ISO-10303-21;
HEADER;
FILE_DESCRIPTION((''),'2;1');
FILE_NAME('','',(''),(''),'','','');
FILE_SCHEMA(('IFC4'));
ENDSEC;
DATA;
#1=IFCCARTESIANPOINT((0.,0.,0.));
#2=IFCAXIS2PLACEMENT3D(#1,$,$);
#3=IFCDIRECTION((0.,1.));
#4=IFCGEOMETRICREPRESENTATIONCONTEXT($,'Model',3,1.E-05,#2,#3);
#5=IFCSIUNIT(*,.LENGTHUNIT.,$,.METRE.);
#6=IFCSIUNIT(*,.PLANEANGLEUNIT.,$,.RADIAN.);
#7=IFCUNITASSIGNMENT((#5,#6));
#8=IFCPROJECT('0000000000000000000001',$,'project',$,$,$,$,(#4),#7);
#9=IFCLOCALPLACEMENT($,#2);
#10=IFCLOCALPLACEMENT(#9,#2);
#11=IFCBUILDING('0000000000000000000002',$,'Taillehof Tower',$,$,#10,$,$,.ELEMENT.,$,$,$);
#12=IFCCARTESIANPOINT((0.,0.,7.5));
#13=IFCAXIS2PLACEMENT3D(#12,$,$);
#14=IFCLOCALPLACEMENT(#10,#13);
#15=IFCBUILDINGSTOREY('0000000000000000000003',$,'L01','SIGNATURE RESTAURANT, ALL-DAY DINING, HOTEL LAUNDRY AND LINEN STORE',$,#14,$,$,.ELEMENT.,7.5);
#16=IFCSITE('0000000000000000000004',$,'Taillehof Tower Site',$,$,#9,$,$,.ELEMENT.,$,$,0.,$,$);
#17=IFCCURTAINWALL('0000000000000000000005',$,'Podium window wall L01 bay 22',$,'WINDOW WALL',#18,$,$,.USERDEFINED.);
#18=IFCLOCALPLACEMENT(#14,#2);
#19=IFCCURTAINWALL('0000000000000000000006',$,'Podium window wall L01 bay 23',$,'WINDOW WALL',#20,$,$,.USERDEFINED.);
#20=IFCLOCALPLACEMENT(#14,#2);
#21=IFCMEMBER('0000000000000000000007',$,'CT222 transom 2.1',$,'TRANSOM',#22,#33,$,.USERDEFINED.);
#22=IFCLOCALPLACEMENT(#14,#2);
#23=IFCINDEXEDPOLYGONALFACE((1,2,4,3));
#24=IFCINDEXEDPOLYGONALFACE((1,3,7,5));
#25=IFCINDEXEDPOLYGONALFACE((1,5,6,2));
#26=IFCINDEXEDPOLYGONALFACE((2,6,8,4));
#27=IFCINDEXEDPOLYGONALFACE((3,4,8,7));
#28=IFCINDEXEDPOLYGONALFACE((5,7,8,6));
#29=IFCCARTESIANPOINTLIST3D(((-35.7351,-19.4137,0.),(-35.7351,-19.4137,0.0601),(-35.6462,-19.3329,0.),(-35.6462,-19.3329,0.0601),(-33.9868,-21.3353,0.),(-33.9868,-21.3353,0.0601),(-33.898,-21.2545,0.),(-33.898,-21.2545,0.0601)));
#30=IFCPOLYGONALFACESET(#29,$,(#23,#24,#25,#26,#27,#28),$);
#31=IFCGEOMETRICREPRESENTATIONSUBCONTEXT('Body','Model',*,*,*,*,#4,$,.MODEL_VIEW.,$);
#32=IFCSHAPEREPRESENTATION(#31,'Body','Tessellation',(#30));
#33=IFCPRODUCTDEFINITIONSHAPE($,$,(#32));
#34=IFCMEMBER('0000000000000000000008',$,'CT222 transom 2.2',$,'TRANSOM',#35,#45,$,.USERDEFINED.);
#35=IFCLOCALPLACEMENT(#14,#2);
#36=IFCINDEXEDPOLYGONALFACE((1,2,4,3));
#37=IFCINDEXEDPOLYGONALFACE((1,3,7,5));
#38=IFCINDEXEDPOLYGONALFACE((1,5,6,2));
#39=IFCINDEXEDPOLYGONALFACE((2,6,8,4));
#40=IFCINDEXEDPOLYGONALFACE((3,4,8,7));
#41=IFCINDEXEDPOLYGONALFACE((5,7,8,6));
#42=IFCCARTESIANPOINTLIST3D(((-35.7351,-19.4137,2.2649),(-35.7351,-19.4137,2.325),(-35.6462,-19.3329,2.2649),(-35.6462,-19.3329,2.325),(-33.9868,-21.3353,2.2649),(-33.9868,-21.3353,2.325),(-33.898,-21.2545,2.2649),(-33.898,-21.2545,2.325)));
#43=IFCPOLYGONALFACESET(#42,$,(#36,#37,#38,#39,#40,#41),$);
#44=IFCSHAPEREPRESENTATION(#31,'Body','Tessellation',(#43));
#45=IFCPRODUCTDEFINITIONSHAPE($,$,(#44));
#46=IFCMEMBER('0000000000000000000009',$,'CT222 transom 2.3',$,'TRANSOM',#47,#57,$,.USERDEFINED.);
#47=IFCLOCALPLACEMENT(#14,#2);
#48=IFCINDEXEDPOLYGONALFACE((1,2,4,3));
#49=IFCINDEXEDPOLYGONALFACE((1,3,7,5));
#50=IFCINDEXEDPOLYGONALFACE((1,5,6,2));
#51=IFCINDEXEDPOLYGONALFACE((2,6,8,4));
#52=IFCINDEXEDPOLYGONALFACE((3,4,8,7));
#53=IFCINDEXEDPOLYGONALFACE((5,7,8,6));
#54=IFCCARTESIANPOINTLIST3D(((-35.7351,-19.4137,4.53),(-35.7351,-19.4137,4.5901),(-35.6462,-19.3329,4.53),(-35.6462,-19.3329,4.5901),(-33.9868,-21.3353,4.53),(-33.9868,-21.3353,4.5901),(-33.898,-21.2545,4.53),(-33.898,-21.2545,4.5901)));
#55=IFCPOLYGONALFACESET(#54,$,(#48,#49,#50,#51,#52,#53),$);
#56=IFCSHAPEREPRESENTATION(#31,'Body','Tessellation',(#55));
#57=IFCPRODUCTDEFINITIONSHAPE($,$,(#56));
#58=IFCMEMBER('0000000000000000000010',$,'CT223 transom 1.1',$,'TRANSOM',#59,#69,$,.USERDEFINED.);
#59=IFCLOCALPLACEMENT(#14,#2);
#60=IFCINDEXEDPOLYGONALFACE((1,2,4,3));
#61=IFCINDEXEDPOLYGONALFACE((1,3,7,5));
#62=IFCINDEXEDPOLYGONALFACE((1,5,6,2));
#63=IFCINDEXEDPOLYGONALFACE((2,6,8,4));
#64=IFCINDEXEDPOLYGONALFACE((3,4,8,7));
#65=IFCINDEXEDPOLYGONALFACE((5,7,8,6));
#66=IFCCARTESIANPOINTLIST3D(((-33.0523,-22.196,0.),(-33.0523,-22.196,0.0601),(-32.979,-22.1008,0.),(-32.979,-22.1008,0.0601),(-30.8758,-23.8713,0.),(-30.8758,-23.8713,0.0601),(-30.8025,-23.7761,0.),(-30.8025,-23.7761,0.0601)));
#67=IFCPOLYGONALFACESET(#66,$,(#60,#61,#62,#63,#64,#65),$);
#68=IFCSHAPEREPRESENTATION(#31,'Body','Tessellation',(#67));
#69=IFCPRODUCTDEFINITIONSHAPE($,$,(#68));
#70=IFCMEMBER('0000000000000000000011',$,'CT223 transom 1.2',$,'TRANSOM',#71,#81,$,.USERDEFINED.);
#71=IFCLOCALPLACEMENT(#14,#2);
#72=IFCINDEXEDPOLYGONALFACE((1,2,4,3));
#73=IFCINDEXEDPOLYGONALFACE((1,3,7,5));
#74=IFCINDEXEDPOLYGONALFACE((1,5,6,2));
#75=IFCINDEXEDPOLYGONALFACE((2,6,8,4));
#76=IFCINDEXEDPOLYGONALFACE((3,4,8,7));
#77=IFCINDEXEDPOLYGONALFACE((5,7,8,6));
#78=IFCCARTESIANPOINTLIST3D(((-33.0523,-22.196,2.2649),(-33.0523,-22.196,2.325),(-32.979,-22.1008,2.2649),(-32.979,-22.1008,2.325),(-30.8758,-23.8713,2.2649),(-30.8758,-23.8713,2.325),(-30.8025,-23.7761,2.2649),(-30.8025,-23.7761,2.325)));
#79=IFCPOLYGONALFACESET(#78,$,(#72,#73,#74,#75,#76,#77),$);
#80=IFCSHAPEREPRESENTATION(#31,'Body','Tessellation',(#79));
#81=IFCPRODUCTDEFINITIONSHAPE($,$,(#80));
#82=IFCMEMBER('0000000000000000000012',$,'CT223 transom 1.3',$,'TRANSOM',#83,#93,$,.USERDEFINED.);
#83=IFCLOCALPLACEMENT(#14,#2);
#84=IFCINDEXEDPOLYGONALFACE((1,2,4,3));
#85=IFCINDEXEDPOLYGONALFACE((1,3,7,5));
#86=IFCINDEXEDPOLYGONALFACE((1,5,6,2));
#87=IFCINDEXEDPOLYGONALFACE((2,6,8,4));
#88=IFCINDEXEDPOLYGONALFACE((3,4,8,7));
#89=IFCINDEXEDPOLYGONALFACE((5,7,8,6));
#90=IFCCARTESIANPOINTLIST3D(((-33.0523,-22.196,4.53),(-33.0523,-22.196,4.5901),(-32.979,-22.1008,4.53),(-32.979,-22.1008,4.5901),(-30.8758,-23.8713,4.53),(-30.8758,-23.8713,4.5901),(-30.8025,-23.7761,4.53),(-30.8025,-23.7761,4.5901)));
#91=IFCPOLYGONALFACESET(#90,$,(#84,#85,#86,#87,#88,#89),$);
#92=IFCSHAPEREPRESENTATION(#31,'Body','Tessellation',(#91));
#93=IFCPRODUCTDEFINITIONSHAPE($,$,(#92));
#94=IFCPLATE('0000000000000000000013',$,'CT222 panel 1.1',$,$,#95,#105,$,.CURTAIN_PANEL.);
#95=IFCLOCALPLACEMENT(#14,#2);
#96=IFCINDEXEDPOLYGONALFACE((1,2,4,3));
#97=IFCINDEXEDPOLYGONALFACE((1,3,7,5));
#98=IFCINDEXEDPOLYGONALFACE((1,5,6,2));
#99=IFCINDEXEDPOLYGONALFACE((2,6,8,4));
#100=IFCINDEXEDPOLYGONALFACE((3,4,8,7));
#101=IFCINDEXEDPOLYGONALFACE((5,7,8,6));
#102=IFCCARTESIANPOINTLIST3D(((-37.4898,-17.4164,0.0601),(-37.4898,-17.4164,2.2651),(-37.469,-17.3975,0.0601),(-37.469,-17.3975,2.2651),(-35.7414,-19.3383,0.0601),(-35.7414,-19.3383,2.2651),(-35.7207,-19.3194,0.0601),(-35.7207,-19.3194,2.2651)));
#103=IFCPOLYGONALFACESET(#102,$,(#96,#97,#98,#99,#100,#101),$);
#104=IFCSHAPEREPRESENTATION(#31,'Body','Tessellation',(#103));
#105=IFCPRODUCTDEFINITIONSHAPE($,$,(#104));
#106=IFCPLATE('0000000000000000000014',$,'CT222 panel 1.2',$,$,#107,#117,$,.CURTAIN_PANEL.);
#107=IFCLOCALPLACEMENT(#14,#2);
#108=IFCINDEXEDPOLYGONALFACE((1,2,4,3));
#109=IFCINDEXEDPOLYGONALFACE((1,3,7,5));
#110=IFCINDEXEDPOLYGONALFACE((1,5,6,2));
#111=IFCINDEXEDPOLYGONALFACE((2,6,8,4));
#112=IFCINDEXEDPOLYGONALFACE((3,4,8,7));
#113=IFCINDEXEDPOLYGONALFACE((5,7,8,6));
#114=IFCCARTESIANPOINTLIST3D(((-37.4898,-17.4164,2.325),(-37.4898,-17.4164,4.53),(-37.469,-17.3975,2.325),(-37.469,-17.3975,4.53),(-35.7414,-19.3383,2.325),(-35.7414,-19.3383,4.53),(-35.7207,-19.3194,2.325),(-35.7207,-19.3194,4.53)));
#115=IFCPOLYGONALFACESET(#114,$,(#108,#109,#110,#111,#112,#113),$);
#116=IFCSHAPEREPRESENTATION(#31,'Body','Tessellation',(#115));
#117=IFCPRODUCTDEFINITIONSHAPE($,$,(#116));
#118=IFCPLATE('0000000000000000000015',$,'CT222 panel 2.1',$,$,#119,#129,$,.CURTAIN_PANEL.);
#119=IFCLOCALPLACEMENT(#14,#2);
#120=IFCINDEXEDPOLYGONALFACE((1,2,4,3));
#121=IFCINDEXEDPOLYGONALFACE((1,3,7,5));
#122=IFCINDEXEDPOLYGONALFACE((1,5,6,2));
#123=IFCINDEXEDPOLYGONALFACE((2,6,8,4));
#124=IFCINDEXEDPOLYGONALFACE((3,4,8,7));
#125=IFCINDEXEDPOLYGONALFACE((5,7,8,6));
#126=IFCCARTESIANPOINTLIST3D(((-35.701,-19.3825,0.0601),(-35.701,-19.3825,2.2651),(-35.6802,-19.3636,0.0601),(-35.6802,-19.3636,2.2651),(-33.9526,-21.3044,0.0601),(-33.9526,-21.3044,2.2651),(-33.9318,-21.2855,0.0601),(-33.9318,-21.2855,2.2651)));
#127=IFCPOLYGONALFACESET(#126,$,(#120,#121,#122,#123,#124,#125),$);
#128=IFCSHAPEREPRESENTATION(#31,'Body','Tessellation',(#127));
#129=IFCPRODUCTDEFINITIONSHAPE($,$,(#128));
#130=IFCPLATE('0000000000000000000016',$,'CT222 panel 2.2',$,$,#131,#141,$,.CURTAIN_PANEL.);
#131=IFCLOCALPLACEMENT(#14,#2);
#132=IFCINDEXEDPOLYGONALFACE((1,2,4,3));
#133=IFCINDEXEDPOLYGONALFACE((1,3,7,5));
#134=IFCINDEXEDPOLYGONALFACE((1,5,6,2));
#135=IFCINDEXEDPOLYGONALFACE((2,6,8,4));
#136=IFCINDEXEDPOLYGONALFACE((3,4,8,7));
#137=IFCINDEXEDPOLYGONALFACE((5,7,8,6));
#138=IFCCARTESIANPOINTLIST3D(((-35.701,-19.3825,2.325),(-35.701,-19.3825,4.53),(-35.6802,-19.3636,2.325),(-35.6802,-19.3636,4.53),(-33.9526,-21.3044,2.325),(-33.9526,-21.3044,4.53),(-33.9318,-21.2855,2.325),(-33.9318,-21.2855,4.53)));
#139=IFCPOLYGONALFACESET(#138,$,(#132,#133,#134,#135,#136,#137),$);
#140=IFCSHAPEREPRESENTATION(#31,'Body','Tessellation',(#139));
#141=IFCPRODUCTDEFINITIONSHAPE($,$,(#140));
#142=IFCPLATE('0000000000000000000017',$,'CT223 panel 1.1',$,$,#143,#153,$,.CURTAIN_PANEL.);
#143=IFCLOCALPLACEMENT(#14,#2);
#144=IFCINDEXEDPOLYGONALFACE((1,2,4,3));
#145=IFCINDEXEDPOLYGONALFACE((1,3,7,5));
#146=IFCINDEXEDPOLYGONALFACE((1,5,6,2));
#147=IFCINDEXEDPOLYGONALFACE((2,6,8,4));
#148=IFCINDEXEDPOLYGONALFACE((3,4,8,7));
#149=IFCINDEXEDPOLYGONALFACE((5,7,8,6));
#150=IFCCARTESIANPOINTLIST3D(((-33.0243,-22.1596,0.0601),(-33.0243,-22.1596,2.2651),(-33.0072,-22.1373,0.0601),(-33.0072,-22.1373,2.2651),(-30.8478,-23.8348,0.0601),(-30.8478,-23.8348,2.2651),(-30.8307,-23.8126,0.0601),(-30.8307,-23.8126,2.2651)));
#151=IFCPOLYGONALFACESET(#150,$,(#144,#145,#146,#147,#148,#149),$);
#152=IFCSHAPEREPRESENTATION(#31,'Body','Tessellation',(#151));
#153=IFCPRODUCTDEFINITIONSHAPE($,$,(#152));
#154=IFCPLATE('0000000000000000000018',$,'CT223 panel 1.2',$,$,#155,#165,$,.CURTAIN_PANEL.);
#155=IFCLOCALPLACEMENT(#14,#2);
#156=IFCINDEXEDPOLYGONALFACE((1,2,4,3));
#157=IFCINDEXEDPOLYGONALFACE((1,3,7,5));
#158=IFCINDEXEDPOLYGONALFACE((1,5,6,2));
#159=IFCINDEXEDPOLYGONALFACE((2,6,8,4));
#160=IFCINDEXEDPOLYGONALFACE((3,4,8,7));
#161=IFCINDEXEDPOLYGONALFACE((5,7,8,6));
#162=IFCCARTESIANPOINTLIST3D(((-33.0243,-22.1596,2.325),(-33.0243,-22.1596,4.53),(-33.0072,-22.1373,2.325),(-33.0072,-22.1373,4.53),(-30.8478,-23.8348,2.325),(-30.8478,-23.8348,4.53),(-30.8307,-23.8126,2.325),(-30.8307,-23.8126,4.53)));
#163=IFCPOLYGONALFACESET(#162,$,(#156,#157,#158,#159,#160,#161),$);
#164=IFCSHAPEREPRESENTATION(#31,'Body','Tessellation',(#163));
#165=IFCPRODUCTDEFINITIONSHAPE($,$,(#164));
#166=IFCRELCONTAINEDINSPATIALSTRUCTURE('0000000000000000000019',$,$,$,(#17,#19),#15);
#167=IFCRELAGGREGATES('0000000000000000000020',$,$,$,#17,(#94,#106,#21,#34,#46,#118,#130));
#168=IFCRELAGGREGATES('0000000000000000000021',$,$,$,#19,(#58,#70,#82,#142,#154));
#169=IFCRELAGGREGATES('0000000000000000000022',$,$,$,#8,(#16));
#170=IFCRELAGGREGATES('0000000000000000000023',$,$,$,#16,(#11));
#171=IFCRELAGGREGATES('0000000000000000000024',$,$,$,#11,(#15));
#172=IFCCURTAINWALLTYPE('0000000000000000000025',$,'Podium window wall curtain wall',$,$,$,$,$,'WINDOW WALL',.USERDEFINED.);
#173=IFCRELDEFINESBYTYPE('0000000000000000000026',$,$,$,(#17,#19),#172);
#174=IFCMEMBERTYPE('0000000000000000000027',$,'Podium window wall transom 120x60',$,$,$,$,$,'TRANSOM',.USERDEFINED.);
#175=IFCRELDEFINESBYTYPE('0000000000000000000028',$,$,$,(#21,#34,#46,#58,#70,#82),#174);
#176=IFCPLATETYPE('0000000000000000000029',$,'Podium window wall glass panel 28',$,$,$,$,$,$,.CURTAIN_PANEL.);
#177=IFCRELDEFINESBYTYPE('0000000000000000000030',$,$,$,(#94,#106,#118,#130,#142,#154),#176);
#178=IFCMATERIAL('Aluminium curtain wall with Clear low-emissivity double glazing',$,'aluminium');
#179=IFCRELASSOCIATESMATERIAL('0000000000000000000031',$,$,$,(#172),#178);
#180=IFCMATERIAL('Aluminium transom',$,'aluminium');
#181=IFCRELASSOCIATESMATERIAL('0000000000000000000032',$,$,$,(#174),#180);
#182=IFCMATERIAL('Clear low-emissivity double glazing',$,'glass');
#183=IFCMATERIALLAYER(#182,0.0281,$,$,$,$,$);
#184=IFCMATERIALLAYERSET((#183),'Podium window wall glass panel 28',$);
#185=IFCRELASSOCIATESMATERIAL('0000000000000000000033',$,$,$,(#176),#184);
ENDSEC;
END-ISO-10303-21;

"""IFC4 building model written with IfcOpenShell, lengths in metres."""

from ifc_helpers import new_model, si_unit, direction, frame, origin, origin_2d, place, context, subcontext, project, spatial, rectangle, extrude, material, layer, layer_set, material_profile, profile_set, type_object, element, aggregate, save


model = new_model("IFC4")

# Units and contexts
model_context = context("Model", 3, precision=1e-05, world=origin(), true_north=direction((0.0, 1.0)))
body_context = subcontext(model_context, "Body", "Model", "MODEL_VIEW")
ifc_project = project(units=[si_unit("LENGTHUNIT", "METRE"), si_unit("PLANEANGLEUNIT", "RADIAN")], contexts=[model_context])

# Site, building, storey
site_placement = place(None, origin())
site = spatial("IfcSite", under=ifc_project, at=site_placement, Name="Taillehof Tower Site", CompositionType="ELEMENT", RefElevation=0.0)
building_placement = place(site_placement, origin())
building = spatial("IfcBuilding", under=site, at=building_placement, Name="Taillehof Tower", CompositionType="ELEMENT")
storey_placement = place(building_placement, frame((0.0, 0.0, 7.5)))
storey = spatial("IfcBuildingStorey", under=building, at=storey_placement, Name="L01", Description="SIGNATURE RESTAURANT, ALL-DAY DINING, HOTEL LAUNDRY AND LINEN STORE", CompositionType="ELEMENT", Elevation=7.5)

# Shared definitions
ifc_material_1 = material(Name="Aluminium curtain wall with Clear low-emissivity double glazing", Category="aluminium")
curtain_wall_type = type_object("IfcCurtainWallType", Name="Podium window wall curtain wall", ElementType="WINDOW WALL", PredefinedType="USERDEFINED", material=ifc_material_1)

# Curtain wall
curtain_wall_1_placement = place(storey_placement, origin())
curtain_wall_1 = element("IfcCurtainWall", 1, at=curtain_wall_1_placement, inside=storey, type_object=curtain_wall_type, Name="Podium window wall L01 bay 22", ObjectType="WINDOW WALL", PredefinedType="USERDEFINED")

# Curtain wall
curtain_wall_2_placement = place(storey_placement, origin())
curtain_wall_2 = element("IfcCurtainWall", 2, at=curtain_wall_2_placement, inside=storey, type_object=curtain_wall_type, Name="Podium window wall L01 bay 23", ObjectType="WINDOW WALL", PredefinedType="USERDEFINED")

# Members
ifc_material_2 = material(Name="Aluminium transom", Category="aluminium")
ifc_material_profile_1 = material_profile(ifc_material_2, rectangle(XDim=0.1201, YDim=0.0601, at=origin_2d()), Name="AL 120x60")
ifc_profile_set_1 = profile_set([ifc_material_profile_1], Name="Aluminium transom")
member_type_1 = type_object("IfcMemberType", Name="Podium window wall transom 120x60", ElementType="TRANSOM", PredefinedType="USERDEFINED", material=ifc_profile_set_1)
member_1_placement = place(storey_placement, frame((-35.6907, -19.3733, 0.03), z_axis=(0.672958, -0.739681, 0.0), x_axis=(0.739681, 0.672958, 0.0)))
member_1 = element("IfcMember", 3, at=member_1_placement, type_object=member_type_1, Name="CT222 transom 2.1", ObjectType="TRANSOM", PredefinedType="USERDEFINED", context=body_context, shape_type="SweptSolid", body=[
    extrude(rectangle(XDim=0.1201, YDim=0.0601, at=origin_2d()), origin(), (0.0, 0.0, 1.0), 2.5979),
])
member_2_placement = place(storey_placement, frame((-35.6907, -19.3733, 2.2949), z_axis=(0.672958, -0.739681, 0.0), x_axis=(0.739681, 0.672958, 0.0)))
member_2 = element("IfcMember", 4, at=member_2_placement, type_object=member_type_1, Name="CT222 transom 2.2", ObjectType="TRANSOM", PredefinedType="USERDEFINED", context=body_context, shape_type="SweptSolid", body=[
    extrude(rectangle(XDim=0.1201, YDim=0.0601, at=origin_2d()), origin(), (0.0, 0.0, 1.0), 2.5979),
])
member_3_placement = place(storey_placement, frame((-35.6907, -19.3733, 4.5601), z_axis=(0.672958, -0.739681, 0.0), x_axis=(0.739681, 0.672958, 0.0)))
member_3 = element("IfcMember", 5, at=member_3_placement, type_object=member_type_1, Name="CT222 transom 2.3", ObjectType="TRANSOM", PredefinedType="USERDEFINED", context=body_context, shape_type="SweptSolid", body=[
    extrude(rectangle(XDim=0.1201, YDim=0.0601, at=origin_2d()), origin(), (0.0, 0.0, 1.0), 2.5979),
])
member_4_placement = place(storey_placement, frame((-33.0156, -22.1484, 0.03), z_axis=(0.792439, -0.609951, 0.0), x_axis=(0.609951, 0.792439, 0.0)))
member_4 = element("IfcMember", 6, at=member_4_placement, type_object=member_type_1, Name="CT223 transom 1.1", ObjectType="TRANSOM", PredefinedType="USERDEFINED", context=body_context, shape_type="SweptSolid", body=[
    extrude(rectangle(XDim=0.1201, YDim=0.0601, at=origin_2d()), origin(), (0.0, 0.0, 1.0), 2.7466),
])
member_5_placement = place(storey_placement, frame((-33.0156, -22.1484, 2.2949), z_axis=(0.792439, -0.609951, 0.0), x_axis=(0.609951, 0.792439, 0.0)))
member_5 = element("IfcMember", 7, at=member_5_placement, type_object=member_type_1, Name="CT223 transom 1.2", ObjectType="TRANSOM", PredefinedType="USERDEFINED", context=body_context, shape_type="SweptSolid", body=[
    extrude(rectangle(XDim=0.1201, YDim=0.0601, at=origin_2d()), origin(), (0.0, 0.0, 1.0), 2.7466),
])
member_6_placement = place(storey_placement, frame((-33.0156, -22.1484, 4.5601), z_axis=(0.792439, -0.609951, 0.0), x_axis=(0.609951, 0.792439, 0.0)))
member_6 = element("IfcMember", 8, at=member_6_placement, type_object=member_type_1, Name="CT223 transom 1.3", ObjectType="TRANSOM", PredefinedType="USERDEFINED", context=body_context, shape_type="SweptSolid", body=[
    extrude(rectangle(XDim=0.1201, YDim=0.0601, at=origin_2d()), origin(), (0.0, 0.0, 1.0), 2.7466),
])

# Plates
ifc_material_3 = material(Name="Clear low-emissivity double glazing", Category="glass")
ifc_layer_1 = layer(ifc_material_3, 0.0281)
ifc_layer_set_1 = layer_set([ifc_layer_1], Name="Podium window wall glass panel 28")
plate_type = type_object("IfcPlateType", Name="Podium window wall glass panel 28", PredefinedType="CURTAIN_PANEL", material=ifc_layer_set_1)
plate_1_placement = place(storey_placement, frame((-36.6052, -18.3679, 0.0601), z_axis=(0.0, 0.0, 1.0), x_axis=(0.672929, -0.739707, 0.0)))
plate_1 = element("IfcPlate", 9, at=plate_1_placement, type_object=plate_type, Name="CT222 panel 1.1", PredefinedType="CURTAIN_PANEL", context=body_context, shape_type="SweptSolid", body=[
    extrude(rectangle(XDim=2.5981, YDim=0.0281, at=origin_2d()), origin(), (0.0, 0.0, 1.0), 2.2051),
])
plate_2_placement = place(storey_placement, frame((-36.6052, -18.3679, 2.325), z_axis=(0.0, 0.0, 1.0), x_axis=(0.672929, -0.739707, 0.0)))
plate_2 = element("IfcPlate", 10, at=plate_2_placement, type_object=plate_type, Name="CT222 panel 1.2", PredefinedType="CURTAIN_PANEL", context=body_context, shape_type="SweptSolid", body=[
    extrude(rectangle(XDim=2.5981, YDim=0.0281, at=origin_2d()), origin(), (0.0, 0.0, 1.0), 2.2051),
])
plate_3_placement = place(storey_placement, frame((-34.8164, -20.334, 0.0601), z_axis=(0.0, 0.0, 1.0), x_axis=(0.672929, -0.739707, 0.0)))
plate_3 = element("IfcPlate", 11, at=plate_3_placement, type_object=plate_type, Name="CT222 panel 2.1", PredefinedType="CURTAIN_PANEL", context=body_context, shape_type="SweptSolid", body=[
    extrude(rectangle(XDim=2.5981, YDim=0.0281, at=origin_2d()), origin(), (0.0, 0.0, 1.0), 2.2051),
])
plate_4_placement = place(storey_placement, frame((-34.8164, -20.334, 2.325), z_axis=(0.0, 0.0, 1.0), x_axis=(0.672929, -0.739707, 0.0)))
plate_4 = element("IfcPlate", 12, at=plate_4_placement, type_object=plate_type, Name="CT222 panel 2.2", PredefinedType="CURTAIN_PANEL", context=body_context, shape_type="SweptSolid", body=[
    extrude(rectangle(XDim=2.5981, YDim=0.0281, at=origin_2d()), origin(), (0.0, 0.0, 1.0), 2.2051),
])
aggregate(curtain_wall_1, [plate_1, plate_2, member_1, member_2, member_3, plate_3, plate_4])
plate_5_placement = place(storey_placement, frame((-31.9275, -22.9861, 0.0601), z_axis=(0.0, 0.0, 1.0), x_axis=(0.792454, -0.609932, 0.0)))
plate_5 = element("IfcPlate", 13, at=plate_5_placement, type_object=plate_type, Name="CT223 panel 1.1", PredefinedType="CURTAIN_PANEL", context=body_context, shape_type="SweptSolid", body=[
    extrude(rectangle(XDim=2.7466, YDim=0.0281, at=origin_2d()), origin(), (0.0, 0.0, 1.0), 2.2051),
])
plate_6_placement = place(storey_placement, frame((-31.9275, -22.9861, 2.325), z_axis=(0.0, 0.0, 1.0), x_axis=(0.792454, -0.609932, 0.0)))
plate_6 = element("IfcPlate", 14, at=plate_6_placement, type_object=plate_type, Name="CT223 panel 1.2", PredefinedType="CURTAIN_PANEL", context=body_context, shape_type="SweptSolid", body=[
    extrude(rectangle(XDim=2.7466, YDim=0.0281, at=origin_2d()), origin(), (0.0, 0.0, 1.0), 2.2051),
])
aggregate(curtain_wall_2, [member_4, member_5, member_6, plate_5, plate_6])

save(model, "model.ifc")
